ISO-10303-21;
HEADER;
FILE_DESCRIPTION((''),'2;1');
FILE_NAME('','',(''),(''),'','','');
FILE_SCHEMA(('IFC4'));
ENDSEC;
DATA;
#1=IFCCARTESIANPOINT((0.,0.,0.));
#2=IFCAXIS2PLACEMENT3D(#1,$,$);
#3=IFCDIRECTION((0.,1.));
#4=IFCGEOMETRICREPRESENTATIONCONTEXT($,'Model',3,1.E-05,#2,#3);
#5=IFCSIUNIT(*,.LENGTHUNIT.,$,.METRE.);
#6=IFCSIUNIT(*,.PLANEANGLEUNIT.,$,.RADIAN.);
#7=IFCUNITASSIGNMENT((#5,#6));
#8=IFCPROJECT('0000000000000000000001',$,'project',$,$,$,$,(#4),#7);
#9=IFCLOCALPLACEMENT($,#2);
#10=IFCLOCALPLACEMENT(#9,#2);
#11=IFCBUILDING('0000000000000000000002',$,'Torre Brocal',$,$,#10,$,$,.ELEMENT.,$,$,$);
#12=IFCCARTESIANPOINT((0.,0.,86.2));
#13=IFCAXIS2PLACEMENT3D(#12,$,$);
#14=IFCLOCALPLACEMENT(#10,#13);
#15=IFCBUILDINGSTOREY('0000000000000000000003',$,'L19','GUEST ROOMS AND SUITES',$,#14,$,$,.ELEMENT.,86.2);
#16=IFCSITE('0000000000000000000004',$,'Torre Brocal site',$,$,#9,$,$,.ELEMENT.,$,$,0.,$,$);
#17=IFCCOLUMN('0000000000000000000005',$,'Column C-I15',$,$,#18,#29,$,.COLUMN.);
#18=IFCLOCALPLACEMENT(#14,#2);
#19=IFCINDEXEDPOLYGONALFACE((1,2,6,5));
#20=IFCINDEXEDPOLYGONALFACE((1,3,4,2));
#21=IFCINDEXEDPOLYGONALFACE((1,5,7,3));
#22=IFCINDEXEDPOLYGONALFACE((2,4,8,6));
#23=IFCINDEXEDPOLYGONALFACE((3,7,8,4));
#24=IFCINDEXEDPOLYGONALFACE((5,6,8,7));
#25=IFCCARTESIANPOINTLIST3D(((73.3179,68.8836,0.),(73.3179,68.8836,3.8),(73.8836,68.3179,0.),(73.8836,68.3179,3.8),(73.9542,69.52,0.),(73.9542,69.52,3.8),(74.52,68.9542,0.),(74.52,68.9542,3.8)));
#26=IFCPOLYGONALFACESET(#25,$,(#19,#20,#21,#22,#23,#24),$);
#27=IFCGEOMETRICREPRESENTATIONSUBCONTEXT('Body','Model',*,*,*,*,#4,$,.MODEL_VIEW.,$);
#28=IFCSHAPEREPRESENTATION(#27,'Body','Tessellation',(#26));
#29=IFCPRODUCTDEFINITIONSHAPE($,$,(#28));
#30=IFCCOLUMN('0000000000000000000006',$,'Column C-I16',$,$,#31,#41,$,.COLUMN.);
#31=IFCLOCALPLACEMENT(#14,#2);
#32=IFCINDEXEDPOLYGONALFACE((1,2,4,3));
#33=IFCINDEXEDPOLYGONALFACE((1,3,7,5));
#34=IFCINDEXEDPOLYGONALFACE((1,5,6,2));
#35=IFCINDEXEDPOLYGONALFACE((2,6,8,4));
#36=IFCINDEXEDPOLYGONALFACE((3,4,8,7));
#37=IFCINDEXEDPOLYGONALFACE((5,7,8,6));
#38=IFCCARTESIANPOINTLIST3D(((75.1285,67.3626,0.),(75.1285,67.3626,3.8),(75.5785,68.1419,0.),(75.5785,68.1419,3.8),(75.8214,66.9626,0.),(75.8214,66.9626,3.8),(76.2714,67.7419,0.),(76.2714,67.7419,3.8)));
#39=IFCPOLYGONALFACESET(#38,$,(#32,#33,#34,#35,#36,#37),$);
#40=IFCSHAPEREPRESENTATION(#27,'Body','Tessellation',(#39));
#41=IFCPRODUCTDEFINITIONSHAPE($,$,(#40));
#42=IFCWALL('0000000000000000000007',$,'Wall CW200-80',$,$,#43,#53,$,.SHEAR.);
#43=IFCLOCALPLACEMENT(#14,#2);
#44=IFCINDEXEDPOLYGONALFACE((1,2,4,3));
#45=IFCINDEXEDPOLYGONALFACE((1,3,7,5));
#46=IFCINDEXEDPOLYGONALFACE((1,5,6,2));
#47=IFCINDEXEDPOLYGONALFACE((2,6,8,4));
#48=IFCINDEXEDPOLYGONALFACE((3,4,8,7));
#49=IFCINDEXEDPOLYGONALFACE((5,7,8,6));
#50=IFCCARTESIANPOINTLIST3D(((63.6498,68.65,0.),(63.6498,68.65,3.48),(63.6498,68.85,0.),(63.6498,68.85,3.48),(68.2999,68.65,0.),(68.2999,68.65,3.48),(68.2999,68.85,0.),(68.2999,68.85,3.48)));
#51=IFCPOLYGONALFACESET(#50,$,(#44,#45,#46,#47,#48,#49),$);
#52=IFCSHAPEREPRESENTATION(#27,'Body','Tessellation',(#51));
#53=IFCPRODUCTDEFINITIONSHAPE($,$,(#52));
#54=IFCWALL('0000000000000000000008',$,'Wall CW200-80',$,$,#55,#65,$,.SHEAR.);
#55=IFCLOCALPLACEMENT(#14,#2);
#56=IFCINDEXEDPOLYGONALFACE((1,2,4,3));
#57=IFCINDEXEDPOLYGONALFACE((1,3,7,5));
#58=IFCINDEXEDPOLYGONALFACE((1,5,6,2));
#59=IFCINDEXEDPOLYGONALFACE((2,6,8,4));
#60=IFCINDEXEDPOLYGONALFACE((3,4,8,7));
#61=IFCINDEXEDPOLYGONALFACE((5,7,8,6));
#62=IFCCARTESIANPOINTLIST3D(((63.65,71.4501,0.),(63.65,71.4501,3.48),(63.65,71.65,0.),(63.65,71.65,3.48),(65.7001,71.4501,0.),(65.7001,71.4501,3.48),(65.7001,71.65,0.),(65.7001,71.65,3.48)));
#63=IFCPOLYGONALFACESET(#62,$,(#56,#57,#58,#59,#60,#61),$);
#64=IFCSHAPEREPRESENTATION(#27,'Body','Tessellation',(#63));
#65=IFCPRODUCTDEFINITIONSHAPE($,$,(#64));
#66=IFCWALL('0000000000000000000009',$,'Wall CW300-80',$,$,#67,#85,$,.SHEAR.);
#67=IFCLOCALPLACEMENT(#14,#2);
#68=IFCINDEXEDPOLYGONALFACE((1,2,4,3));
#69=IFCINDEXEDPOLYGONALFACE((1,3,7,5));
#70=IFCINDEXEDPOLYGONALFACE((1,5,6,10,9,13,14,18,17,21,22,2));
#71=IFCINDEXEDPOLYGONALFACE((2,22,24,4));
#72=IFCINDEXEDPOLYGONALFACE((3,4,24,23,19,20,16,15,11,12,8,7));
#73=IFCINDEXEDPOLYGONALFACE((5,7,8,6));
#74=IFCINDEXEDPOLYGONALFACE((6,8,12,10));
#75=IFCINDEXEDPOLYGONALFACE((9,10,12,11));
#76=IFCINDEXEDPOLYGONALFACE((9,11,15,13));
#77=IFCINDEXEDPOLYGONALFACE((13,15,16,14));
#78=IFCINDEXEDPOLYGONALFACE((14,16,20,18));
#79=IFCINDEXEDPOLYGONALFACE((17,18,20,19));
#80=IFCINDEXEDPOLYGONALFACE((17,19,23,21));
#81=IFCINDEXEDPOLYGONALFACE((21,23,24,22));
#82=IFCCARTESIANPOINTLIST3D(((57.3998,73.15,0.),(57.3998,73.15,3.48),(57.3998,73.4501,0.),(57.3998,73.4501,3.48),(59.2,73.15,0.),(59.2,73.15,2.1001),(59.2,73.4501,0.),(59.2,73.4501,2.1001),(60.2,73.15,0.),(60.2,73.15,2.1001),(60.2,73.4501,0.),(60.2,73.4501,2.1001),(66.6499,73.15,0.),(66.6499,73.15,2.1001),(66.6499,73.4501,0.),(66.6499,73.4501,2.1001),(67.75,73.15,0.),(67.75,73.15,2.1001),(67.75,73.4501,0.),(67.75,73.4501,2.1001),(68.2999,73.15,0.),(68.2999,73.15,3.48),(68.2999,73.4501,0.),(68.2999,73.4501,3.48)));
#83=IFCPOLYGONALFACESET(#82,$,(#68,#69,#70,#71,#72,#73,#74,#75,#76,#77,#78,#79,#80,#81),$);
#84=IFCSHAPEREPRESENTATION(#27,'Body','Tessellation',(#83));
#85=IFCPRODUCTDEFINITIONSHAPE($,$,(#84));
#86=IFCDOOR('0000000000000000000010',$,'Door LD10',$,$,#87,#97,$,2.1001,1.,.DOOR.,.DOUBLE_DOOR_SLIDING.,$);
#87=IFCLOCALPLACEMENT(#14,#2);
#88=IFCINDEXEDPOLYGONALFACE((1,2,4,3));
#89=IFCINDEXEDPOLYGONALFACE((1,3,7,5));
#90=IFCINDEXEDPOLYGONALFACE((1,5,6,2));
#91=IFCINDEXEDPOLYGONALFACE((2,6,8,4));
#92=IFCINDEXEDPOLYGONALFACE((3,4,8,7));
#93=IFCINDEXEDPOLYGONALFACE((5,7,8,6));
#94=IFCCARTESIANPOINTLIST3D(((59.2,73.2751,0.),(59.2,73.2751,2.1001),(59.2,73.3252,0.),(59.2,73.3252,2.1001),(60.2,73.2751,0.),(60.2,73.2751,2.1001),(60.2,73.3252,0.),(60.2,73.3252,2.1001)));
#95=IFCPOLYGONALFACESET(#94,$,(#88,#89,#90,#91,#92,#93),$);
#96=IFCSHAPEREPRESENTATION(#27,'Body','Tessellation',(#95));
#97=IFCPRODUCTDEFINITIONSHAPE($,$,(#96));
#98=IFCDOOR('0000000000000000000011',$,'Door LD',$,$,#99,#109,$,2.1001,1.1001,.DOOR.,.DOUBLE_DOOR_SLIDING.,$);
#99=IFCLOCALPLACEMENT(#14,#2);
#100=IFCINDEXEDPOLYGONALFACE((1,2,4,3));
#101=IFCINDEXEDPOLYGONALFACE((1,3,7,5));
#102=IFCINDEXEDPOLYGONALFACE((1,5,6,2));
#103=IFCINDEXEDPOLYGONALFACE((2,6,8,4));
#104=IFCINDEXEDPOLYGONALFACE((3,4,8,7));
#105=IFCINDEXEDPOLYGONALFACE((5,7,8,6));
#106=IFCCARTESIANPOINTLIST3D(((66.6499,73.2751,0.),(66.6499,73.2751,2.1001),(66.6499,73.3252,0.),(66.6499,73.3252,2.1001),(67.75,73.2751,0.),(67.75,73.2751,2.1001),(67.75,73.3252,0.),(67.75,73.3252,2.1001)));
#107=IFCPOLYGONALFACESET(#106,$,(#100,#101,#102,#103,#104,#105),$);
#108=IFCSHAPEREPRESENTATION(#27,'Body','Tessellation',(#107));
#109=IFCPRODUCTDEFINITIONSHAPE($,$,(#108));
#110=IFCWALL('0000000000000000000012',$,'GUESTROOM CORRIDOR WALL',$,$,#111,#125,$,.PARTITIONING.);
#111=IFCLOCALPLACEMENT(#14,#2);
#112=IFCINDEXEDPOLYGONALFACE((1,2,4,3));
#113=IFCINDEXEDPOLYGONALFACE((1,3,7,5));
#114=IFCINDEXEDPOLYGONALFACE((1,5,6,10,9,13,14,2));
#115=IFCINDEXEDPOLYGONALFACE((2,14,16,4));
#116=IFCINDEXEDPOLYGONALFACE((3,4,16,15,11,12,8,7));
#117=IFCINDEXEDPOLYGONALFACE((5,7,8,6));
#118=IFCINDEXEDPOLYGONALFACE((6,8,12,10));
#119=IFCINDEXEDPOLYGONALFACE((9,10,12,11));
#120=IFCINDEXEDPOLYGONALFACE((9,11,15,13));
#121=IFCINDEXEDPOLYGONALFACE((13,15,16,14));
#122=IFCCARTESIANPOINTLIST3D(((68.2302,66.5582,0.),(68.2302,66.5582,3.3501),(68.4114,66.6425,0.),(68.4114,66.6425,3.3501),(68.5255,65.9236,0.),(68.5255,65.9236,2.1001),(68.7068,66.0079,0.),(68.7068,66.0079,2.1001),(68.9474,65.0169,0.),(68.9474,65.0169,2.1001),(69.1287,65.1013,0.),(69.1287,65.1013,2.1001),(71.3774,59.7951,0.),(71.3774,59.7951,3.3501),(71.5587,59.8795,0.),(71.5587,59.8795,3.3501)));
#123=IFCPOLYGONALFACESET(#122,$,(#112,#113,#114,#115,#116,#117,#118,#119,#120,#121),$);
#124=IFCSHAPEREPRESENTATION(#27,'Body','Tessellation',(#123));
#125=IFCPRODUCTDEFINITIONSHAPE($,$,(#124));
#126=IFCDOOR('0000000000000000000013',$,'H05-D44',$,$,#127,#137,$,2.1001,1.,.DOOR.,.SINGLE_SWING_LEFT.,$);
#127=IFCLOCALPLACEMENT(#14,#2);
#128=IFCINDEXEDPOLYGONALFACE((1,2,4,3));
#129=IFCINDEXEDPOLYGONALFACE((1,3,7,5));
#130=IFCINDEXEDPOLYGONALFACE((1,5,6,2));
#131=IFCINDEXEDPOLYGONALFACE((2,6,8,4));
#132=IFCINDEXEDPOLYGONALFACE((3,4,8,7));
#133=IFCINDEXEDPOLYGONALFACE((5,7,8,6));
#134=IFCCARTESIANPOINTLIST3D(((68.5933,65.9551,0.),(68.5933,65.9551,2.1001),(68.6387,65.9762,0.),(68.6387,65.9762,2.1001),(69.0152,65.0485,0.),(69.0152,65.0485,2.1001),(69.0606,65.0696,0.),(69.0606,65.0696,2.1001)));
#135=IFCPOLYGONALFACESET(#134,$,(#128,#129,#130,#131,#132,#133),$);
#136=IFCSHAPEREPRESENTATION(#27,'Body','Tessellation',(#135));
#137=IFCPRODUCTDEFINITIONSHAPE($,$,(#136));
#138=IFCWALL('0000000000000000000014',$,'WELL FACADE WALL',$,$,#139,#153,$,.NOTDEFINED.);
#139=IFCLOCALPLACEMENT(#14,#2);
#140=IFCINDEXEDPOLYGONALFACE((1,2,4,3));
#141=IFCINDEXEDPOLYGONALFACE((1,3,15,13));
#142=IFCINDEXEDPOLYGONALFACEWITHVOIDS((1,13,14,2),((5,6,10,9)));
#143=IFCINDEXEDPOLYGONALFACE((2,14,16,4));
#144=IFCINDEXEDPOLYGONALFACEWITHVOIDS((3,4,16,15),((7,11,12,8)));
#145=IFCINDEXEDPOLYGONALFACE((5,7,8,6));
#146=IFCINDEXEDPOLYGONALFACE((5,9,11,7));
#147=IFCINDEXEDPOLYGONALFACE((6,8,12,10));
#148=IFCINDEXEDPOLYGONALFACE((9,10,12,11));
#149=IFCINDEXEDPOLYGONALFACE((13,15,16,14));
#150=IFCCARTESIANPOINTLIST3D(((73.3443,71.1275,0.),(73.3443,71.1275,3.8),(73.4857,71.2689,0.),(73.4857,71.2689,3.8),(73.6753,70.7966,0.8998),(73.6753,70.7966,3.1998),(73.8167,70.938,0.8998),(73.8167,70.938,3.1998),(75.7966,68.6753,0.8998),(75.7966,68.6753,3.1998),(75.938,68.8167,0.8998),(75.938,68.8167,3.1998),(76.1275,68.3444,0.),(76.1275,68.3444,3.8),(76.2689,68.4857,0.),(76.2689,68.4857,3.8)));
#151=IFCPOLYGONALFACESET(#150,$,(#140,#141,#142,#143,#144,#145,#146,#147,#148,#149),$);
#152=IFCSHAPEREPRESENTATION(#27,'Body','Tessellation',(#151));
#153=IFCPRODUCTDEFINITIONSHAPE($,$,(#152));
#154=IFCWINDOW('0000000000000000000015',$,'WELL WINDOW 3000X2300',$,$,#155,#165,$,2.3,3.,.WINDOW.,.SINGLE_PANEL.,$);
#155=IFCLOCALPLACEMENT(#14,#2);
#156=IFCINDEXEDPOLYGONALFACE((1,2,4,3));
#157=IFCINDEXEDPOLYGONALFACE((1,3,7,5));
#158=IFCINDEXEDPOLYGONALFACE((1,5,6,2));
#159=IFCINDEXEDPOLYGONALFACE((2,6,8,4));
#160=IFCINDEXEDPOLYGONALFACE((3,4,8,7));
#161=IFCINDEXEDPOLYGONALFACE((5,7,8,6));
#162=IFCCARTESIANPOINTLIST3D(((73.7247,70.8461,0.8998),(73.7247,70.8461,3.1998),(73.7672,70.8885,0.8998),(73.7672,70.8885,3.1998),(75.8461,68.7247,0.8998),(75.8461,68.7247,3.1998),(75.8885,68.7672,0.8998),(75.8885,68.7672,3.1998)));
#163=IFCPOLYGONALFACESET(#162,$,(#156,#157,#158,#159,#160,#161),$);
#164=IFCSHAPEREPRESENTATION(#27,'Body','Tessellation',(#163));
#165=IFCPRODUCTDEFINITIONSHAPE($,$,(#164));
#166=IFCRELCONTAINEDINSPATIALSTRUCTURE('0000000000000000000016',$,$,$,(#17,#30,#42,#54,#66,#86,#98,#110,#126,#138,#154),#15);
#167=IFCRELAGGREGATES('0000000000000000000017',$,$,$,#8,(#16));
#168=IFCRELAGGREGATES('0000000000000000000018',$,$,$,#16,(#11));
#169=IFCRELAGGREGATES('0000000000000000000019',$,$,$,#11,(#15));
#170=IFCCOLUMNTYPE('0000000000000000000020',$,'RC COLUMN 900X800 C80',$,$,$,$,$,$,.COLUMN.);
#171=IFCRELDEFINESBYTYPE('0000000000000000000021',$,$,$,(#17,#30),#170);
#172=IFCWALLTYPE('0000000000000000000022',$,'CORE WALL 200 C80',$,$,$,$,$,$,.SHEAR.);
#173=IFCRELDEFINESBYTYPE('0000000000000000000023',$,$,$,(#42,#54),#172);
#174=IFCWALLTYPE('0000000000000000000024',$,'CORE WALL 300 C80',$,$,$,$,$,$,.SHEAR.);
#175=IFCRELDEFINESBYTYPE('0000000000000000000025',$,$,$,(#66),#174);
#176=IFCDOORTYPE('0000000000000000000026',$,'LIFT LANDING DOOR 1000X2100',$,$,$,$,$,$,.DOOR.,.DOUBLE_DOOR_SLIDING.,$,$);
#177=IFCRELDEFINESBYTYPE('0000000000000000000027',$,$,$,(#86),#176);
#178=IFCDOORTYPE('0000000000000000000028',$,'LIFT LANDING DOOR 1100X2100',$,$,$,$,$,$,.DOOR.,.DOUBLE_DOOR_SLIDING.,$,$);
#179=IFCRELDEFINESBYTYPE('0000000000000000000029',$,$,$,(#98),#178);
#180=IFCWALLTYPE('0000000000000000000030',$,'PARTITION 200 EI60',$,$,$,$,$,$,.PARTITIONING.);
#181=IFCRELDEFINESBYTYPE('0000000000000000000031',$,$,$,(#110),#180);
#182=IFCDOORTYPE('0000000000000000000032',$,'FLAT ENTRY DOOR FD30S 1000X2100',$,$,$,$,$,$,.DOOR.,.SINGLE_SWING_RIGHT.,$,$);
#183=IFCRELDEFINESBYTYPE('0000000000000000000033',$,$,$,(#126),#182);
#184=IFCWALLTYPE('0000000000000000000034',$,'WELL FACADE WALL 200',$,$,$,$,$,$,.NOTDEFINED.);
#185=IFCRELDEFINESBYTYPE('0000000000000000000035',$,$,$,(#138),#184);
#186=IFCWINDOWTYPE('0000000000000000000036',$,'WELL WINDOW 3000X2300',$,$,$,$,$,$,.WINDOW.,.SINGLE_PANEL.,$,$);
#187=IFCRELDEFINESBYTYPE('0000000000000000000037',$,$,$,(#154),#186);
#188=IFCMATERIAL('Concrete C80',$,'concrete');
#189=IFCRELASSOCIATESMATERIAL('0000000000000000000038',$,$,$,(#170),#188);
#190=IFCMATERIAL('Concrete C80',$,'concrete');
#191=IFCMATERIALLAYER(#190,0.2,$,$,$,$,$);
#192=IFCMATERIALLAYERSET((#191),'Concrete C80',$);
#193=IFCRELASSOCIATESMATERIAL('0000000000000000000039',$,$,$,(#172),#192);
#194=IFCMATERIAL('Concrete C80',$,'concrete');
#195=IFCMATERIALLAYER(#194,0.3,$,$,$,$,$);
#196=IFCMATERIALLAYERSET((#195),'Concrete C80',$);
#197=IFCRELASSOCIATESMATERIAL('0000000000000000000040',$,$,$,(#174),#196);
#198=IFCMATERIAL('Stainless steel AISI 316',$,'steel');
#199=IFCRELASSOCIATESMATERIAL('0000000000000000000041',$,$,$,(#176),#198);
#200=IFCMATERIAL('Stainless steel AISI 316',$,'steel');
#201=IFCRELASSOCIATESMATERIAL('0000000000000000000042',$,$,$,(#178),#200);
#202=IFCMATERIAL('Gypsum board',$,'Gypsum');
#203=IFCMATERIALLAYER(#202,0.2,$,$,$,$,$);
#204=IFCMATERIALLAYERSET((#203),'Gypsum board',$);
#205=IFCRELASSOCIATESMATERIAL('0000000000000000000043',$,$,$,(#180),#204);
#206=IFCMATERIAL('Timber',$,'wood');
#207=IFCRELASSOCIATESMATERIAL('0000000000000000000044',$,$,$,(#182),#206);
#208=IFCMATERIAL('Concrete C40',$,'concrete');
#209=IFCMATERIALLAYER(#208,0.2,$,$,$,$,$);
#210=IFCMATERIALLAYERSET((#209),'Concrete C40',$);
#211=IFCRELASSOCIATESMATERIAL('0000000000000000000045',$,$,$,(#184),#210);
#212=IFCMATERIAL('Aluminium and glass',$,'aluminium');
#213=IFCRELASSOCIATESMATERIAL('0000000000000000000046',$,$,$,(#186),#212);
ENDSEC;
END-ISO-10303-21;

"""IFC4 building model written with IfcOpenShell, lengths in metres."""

from ifc_helpers import new_model, si_unit, direction, frame, frame_2d, origin, origin_2d, place, context, subcontext, project, spatial, rectangle, extrude, material, layer, layer_set, material_profile, profile_set, type_object, element, fill, save


model = new_model("IFC4")

# Units and contexts
model_context = context("Model", 3, precision=1e-05, world=origin(), true_north=direction((0.0, 1.0)))
body_context = subcontext(model_context, "Body", "Model", "MODEL_VIEW")
ifc_project = project(units=[si_unit("LENGTHUNIT", "METRE"), si_unit("PLANEANGLEUNIT", "RADIAN")], contexts=[model_context])

# Site, building, storey
site_placement = place(None, origin())
site = spatial("IfcSite", under=ifc_project, at=site_placement, Name="Torre Brocal site", CompositionType="ELEMENT", RefElevation=0.0)
building_placement = place(site_placement, origin())
building = spatial("IfcBuilding", under=site, at=building_placement, Name="Torre Brocal", CompositionType="ELEMENT")
storey_placement = place(building_placement, frame((0.0, 0.0, 86.2)))
storey = spatial("IfcBuildingStorey", under=building, at=storey_placement, Name="L19", Description="GUEST ROOMS AND SUITES", CompositionType="ELEMENT", Elevation=86.2)

# Columns
ifc_material_1 = material(Name="Concrete C80", Category="concrete")
ifc_material_profile = material_profile(ifc_material_1, rectangle(XDim=0.8999, YDim=0.8, at=origin_2d()), Name="RC 900X800")
ifc_profile_set = profile_set([ifc_material_profile], Name="Concrete C80")
column_type = type_object("IfcColumnType", Name="RC COLUMN 900X800 C80", PredefinedType="COLUMN", material=ifc_profile_set)
for number, where, z_axis, x_axis, name in (
    (1, (73.9189, 68.9189, 0.0), (0.0, 0.0, 1.0), (-0.707107, -0.707107, 0.0), "Column C-I15"),
    (2, (75.7, 67.5522, 0.0), (0.0, 0.0, 1.0), (-0.5, -0.866025, 0.0), "Column C-I16"),
):
    element("IfcColumn", number, at=place(storey_placement, frame(where, z_axis=z_axis, x_axis=x_axis)), inside=storey, type_object=column_type, Name=name, PredefinedType="COLUMN", context=body_context, shape_type="SweptSolid", body=[
        extrude(rectangle(XDim=0.8999, YDim=0.8, at=origin_2d()), origin(), (0.0, 0.0, 1.0), 3.8),
    ])

# Walls
ifc_material_2 = material(Name="Concrete C80", Category="concrete")
ifc_layer_1 = layer(ifc_material_2, 0.2)
ifc_layer_set_1 = layer_set([ifc_layer_1], Name="Concrete C80")
wall_type_1 = type_object("IfcWallType", Name="CORE WALL 200 C80", PredefinedType="SHEAR", material=ifc_layer_set_1)
wall_1_placement = place(storey_placement, frame((68.3, 68.75, 0.0), z_axis=(0.0, 0.0, 1.0), x_axis=(-1.0, 0.0, 0.0)))
element("IfcWall", 3, at=wall_1_placement, inside=storey, type_object=wall_type_1, Name="Wall CW200-80", PredefinedType="SHEAR", context=body_context, shape_type="SweptSolid", body=[
    extrude(rectangle(XDim=4.6501, YDim=0.2, at=frame_2d((2.3252, 0.0))), origin(), (0.0, 0.0, 1.0), 3.48),
])
wall_2_placement = place(storey_placement, frame((65.7, 71.55, 0.0), z_axis=(0.0, 0.0, 1.0), x_axis=(-1.0, 0.0, 0.0)))
element("IfcWall", 4, at=wall_2_placement, inside=storey, type_object=wall_type_1, Name="Wall CW200-80", PredefinedType="SHEAR", context=body_context, shape_type="SweptSolid", body=[
    extrude(rectangle(XDim=2.05, YDim=0.2, at=frame_2d((1.0249, 0.0))), origin(), (0.0, 0.0, 1.0), 3.48),
])

# Wall, openings, doors
ifc_material_3 = material(Name="Concrete C80", Category="concrete")
ifc_layer_2 = layer(ifc_material_3, 0.3)
ifc_layer_set_2 = layer_set([ifc_layer_2], Name="Concrete C80")
wall_type_2 = type_object("IfcWallType", Name="CORE WALL 300 C80", PredefinedType="SHEAR", material=ifc_layer_set_2)
wall_3_placement = place(storey_placement, frame((68.3, 73.3, 0.0), z_axis=(0.0, 0.0, 1.0), x_axis=(-1.0, 0.0, 0.0)))
wall_3 = element("IfcWall", 5, at=wall_3_placement, inside=storey, type_object=wall_type_2, Name="Wall CW300-80", PredefinedType="SHEAR", context=body_context, shape_type="SweptSolid", body=[
    extrude(rectangle(XDim=10.9001, YDim=0.3, at=frame_2d((5.4502, 0.0))), origin(), (0.0, 0.0, 1.0), 3.48),
])
opening_1_placement = place(wall_3_placement, frame((0.55, 0.0, 0.0)))
opening_1 = element("IfcOpeningElement", 6, at=opening_1_placement, cuts=wall_3, PredefinedType="OPENING", context=body_context, shape_type="SweptSolid", body=[
    extrude(rectangle(XDim=1.1001, YDim=2.1001, at=frame_2d((0.55, 1.05))), frame((0.0, 0.1599, 0.0), z_axis=(0.0, -1.0, 0.0), x_axis=(1.0, 0.0, 0.0)), (0.0, 0.0, 1.0), 0.3201),
])
opening_2_placement = place(wall_3_placement, frame((8.1001, 0.0, 0.0)))
opening_2 = element("IfcOpeningElement", 7, at=opening_2_placement, cuts=wall_3, PredefinedType="OPENING", context=body_context, shape_type="SweptSolid", body=[
    extrude(rectangle(XDim=1.0, YDim=2.1001, at=frame_2d((0.5, 1.05))), frame((0.0, 0.1599, 0.0), z_axis=(0.0, -1.0, 0.0), x_axis=(1.0, 0.0, 0.0)), (0.0, 0.0, 1.0), 0.3201),
])
ifc_material_4 = material(Name="Stainless steel AISI 316", Category="steel")
door_type_1 = type_object("IfcDoorType", Name="LIFT LANDING DOOR 1000X2100", OperationType="DOUBLE_DOOR_SLIDING", PredefinedType="DOOR", material=ifc_material_4)
door_1_placement = place(opening_2_placement, origin())
door_1 = element("IfcDoor", 8, at=door_1_placement, inside=storey, type_object=door_type_1, Name="Door LD10", OperationType="DOUBLE_DOOR_SLIDING", OverallHeight=2.1001, OverallWidth=1.0, PredefinedType="DOOR", context=body_context, shape_type="SweptSolid", body=[
    extrude(rectangle(XDim=1.0, YDim=2.1001, at=frame_2d((0.5, 1.05))), frame((0.0, 0.0249, 0.0), z_axis=(0.0, -1.0, 0.0), x_axis=(1.0, 0.0, 0.0)), (0.0, 0.0, 1.0), 0.05),
])
fill(opening_2, door_1)
ifc_material_5 = material(Name="Stainless steel AISI 316", Category="steel")
door_type_2 = type_object("IfcDoorType", Name="LIFT LANDING DOOR 1100X2100", OperationType="DOUBLE_DOOR_SLIDING", PredefinedType="DOOR", material=ifc_material_5)
door_2_placement = place(opening_1_placement, origin())
door_2 = element("IfcDoor", 9, at=door_2_placement, inside=storey, type_object=door_type_2, Name="Door LD", OperationType="DOUBLE_DOOR_SLIDING", OverallHeight=2.1001, OverallWidth=1.1001, PredefinedType="DOOR", context=body_context, shape_type="SweptSolid", body=[
    extrude(rectangle(XDim=1.1001, YDim=2.1001, at=frame_2d((0.55, 1.05))), frame((0.0, 0.0249, 0.0), z_axis=(0.0, -1.0, 0.0), x_axis=(1.0, 0.0, 0.0)), (0.0, 0.0, 1.0), 0.05),
])
fill(opening_1, door_2)

# Wall, opening, door
ifc_material_6 = material(Name="Gypsum board", Category="Gypsum")
ifc_layer_3 = layer(ifc_material_6, 0.2)
ifc_layer_set_3 = layer_set([ifc_layer_3], Name="Gypsum board")
wall_type_3 = type_object("IfcWallType", Name="PARTITION 200 EI60", PredefinedType="PARTITIONING", material=ifc_layer_set_3)
wall_4_placement = place(storey_placement, frame((68.3208, 66.6003, 0.0), z_axis=(0.0, 0.0, 1.0), x_axis=(0.421914, -0.906636, 0.0)))
wall_4 = element("IfcWall", 10, at=wall_4_placement, inside=storey, type_object=wall_type_3, Name="GUESTROOM CORRIDOR WALL", PredefinedType="PARTITIONING", context=body_context, shape_type="SweptSolid", body=[
    extrude(rectangle(XDim=7.4595, YDim=0.2, at=frame_2d((3.7297, 0.0))), origin(), (0.0, 0.0, 1.0), 3.3501),
])
opening_3_placement = place(wall_4_placement, frame((0.7, 0.0, 0.0)))
opening_3 = element("IfcOpeningElement", 11, at=opening_3_placement, cuts=wall_4, PredefinedType="OPENING", context=body_context, shape_type="SweptSolid", body=[
    extrude(rectangle(XDim=1.0, YDim=2.1001, at=frame_2d((0.5, 1.05))), frame((0.0, 0.1099, 0.0), z_axis=(0.0, -1.0, 0.0), x_axis=(1.0, 0.0, 0.0)), (0.0, 0.0, 1.0), 0.22),
])
ifc_material_7 = material(Name="Timber", Category="wood")
door_type_3 = type_object("IfcDoorType", Name="FLAT ENTRY DOOR FD30S 1000X2100", OperationType="SINGLE_SWING_RIGHT", PredefinedType="DOOR", material=ifc_material_7)
door_3_placement = place(opening_3_placement, origin())
door_3 = element("IfcDoor", 12, at=door_3_placement, inside=storey, type_object=door_type_3, Name="H05-D44", OperationType="SINGLE_SWING_LEFT", OverallHeight=2.1001, OverallWidth=1.0, PredefinedType="DOOR", context=body_context, shape_type="SweptSolid", body=[
    extrude(rectangle(XDim=1.0, YDim=2.1001, at=frame_2d((0.5, 1.05))), frame((0.0, 0.0249, 0.0), z_axis=(0.0, -1.0, 0.0), x_axis=(1.0, 0.0, 0.0)), (0.0, 0.0, 1.0), 0.05),
])
fill(opening_3, door_3)

# Wall, opening, window
ifc_material_8 = material(Name="Concrete C40", Category="concrete")
ifc_layer_4 = layer(ifc_material_8, 0.2)
ifc_layer_set_4 = layer_set([ifc_layer_4], Name="Concrete C40")
wall_type_4 = type_object("IfcWallType", Name="WELL FACADE WALL 200", PredefinedType="NOTDEFINED", material=ifc_layer_set_4)
wall_5_placement = place(storey_placement, frame((73.415, 71.1982, 0.0), z_axis=(0.0, 0.0, 1.0), x_axis=(0.707107, -0.707107, 0.0)))
wall_5 = element("IfcWall", 13, at=wall_5_placement, inside=storey, type_object=wall_type_4, Name="WELL FACADE WALL", PredefinedType="NOTDEFINED", context=body_context, shape_type="SweptSolid", body=[
    extrude(rectangle(XDim=3.936, YDim=0.2, at=frame_2d((1.968, 0.0))), origin(), (0.0, 0.0, 1.0), 3.8),
])
opening_4_placement = place(wall_5_placement, frame((0.468, 0.0, 0.8999)))
opening_4 = element("IfcOpeningElement", 14, at=opening_4_placement, cuts=wall_5, PredefinedType="OPENING", context=body_context, shape_type="SweptSolid", body=[
    extrude(rectangle(XDim=3.0, YDim=2.3, at=frame_2d((1.5, 1.1499))), frame((0.0, 0.1099, 0.0), z_axis=(0.0, -1.0, 0.0), x_axis=(1.0, 0.0, 0.0)), (0.0, 0.0, 1.0), 0.22),
])
ifc_material_9 = material(Name="Aluminium and glass", Category="aluminium")
window_type = type_object("IfcWindowType", Name="WELL WINDOW 3000X2300", PartitioningType="SINGLE_PANEL", PredefinedType="WINDOW", material=ifc_material_9)
window_1_placement = place(opening_4_placement, origin())
window_1 = element("IfcWindow", 15, at=window_1_placement, inside=storey, type_object=window_type, Name="WELL WINDOW 3000X2300", OverallHeight=2.3, OverallWidth=3.0, PartitioningType="SINGLE_PANEL", PredefinedType="WINDOW", context=body_context, shape_type="SweptSolid", body=[
    extrude(rectangle(XDim=3.0, YDim=2.3, at=frame_2d((1.5, 1.1499))), frame((0.0, 0.03, 0.0), z_axis=(0.0, -1.0, 0.0), x_axis=(1.0, 0.0, 0.0)), (0.0, 0.0, 1.0), 0.0601),
])
fill(opening_4, window_1)

save(model, "model.ifc")
